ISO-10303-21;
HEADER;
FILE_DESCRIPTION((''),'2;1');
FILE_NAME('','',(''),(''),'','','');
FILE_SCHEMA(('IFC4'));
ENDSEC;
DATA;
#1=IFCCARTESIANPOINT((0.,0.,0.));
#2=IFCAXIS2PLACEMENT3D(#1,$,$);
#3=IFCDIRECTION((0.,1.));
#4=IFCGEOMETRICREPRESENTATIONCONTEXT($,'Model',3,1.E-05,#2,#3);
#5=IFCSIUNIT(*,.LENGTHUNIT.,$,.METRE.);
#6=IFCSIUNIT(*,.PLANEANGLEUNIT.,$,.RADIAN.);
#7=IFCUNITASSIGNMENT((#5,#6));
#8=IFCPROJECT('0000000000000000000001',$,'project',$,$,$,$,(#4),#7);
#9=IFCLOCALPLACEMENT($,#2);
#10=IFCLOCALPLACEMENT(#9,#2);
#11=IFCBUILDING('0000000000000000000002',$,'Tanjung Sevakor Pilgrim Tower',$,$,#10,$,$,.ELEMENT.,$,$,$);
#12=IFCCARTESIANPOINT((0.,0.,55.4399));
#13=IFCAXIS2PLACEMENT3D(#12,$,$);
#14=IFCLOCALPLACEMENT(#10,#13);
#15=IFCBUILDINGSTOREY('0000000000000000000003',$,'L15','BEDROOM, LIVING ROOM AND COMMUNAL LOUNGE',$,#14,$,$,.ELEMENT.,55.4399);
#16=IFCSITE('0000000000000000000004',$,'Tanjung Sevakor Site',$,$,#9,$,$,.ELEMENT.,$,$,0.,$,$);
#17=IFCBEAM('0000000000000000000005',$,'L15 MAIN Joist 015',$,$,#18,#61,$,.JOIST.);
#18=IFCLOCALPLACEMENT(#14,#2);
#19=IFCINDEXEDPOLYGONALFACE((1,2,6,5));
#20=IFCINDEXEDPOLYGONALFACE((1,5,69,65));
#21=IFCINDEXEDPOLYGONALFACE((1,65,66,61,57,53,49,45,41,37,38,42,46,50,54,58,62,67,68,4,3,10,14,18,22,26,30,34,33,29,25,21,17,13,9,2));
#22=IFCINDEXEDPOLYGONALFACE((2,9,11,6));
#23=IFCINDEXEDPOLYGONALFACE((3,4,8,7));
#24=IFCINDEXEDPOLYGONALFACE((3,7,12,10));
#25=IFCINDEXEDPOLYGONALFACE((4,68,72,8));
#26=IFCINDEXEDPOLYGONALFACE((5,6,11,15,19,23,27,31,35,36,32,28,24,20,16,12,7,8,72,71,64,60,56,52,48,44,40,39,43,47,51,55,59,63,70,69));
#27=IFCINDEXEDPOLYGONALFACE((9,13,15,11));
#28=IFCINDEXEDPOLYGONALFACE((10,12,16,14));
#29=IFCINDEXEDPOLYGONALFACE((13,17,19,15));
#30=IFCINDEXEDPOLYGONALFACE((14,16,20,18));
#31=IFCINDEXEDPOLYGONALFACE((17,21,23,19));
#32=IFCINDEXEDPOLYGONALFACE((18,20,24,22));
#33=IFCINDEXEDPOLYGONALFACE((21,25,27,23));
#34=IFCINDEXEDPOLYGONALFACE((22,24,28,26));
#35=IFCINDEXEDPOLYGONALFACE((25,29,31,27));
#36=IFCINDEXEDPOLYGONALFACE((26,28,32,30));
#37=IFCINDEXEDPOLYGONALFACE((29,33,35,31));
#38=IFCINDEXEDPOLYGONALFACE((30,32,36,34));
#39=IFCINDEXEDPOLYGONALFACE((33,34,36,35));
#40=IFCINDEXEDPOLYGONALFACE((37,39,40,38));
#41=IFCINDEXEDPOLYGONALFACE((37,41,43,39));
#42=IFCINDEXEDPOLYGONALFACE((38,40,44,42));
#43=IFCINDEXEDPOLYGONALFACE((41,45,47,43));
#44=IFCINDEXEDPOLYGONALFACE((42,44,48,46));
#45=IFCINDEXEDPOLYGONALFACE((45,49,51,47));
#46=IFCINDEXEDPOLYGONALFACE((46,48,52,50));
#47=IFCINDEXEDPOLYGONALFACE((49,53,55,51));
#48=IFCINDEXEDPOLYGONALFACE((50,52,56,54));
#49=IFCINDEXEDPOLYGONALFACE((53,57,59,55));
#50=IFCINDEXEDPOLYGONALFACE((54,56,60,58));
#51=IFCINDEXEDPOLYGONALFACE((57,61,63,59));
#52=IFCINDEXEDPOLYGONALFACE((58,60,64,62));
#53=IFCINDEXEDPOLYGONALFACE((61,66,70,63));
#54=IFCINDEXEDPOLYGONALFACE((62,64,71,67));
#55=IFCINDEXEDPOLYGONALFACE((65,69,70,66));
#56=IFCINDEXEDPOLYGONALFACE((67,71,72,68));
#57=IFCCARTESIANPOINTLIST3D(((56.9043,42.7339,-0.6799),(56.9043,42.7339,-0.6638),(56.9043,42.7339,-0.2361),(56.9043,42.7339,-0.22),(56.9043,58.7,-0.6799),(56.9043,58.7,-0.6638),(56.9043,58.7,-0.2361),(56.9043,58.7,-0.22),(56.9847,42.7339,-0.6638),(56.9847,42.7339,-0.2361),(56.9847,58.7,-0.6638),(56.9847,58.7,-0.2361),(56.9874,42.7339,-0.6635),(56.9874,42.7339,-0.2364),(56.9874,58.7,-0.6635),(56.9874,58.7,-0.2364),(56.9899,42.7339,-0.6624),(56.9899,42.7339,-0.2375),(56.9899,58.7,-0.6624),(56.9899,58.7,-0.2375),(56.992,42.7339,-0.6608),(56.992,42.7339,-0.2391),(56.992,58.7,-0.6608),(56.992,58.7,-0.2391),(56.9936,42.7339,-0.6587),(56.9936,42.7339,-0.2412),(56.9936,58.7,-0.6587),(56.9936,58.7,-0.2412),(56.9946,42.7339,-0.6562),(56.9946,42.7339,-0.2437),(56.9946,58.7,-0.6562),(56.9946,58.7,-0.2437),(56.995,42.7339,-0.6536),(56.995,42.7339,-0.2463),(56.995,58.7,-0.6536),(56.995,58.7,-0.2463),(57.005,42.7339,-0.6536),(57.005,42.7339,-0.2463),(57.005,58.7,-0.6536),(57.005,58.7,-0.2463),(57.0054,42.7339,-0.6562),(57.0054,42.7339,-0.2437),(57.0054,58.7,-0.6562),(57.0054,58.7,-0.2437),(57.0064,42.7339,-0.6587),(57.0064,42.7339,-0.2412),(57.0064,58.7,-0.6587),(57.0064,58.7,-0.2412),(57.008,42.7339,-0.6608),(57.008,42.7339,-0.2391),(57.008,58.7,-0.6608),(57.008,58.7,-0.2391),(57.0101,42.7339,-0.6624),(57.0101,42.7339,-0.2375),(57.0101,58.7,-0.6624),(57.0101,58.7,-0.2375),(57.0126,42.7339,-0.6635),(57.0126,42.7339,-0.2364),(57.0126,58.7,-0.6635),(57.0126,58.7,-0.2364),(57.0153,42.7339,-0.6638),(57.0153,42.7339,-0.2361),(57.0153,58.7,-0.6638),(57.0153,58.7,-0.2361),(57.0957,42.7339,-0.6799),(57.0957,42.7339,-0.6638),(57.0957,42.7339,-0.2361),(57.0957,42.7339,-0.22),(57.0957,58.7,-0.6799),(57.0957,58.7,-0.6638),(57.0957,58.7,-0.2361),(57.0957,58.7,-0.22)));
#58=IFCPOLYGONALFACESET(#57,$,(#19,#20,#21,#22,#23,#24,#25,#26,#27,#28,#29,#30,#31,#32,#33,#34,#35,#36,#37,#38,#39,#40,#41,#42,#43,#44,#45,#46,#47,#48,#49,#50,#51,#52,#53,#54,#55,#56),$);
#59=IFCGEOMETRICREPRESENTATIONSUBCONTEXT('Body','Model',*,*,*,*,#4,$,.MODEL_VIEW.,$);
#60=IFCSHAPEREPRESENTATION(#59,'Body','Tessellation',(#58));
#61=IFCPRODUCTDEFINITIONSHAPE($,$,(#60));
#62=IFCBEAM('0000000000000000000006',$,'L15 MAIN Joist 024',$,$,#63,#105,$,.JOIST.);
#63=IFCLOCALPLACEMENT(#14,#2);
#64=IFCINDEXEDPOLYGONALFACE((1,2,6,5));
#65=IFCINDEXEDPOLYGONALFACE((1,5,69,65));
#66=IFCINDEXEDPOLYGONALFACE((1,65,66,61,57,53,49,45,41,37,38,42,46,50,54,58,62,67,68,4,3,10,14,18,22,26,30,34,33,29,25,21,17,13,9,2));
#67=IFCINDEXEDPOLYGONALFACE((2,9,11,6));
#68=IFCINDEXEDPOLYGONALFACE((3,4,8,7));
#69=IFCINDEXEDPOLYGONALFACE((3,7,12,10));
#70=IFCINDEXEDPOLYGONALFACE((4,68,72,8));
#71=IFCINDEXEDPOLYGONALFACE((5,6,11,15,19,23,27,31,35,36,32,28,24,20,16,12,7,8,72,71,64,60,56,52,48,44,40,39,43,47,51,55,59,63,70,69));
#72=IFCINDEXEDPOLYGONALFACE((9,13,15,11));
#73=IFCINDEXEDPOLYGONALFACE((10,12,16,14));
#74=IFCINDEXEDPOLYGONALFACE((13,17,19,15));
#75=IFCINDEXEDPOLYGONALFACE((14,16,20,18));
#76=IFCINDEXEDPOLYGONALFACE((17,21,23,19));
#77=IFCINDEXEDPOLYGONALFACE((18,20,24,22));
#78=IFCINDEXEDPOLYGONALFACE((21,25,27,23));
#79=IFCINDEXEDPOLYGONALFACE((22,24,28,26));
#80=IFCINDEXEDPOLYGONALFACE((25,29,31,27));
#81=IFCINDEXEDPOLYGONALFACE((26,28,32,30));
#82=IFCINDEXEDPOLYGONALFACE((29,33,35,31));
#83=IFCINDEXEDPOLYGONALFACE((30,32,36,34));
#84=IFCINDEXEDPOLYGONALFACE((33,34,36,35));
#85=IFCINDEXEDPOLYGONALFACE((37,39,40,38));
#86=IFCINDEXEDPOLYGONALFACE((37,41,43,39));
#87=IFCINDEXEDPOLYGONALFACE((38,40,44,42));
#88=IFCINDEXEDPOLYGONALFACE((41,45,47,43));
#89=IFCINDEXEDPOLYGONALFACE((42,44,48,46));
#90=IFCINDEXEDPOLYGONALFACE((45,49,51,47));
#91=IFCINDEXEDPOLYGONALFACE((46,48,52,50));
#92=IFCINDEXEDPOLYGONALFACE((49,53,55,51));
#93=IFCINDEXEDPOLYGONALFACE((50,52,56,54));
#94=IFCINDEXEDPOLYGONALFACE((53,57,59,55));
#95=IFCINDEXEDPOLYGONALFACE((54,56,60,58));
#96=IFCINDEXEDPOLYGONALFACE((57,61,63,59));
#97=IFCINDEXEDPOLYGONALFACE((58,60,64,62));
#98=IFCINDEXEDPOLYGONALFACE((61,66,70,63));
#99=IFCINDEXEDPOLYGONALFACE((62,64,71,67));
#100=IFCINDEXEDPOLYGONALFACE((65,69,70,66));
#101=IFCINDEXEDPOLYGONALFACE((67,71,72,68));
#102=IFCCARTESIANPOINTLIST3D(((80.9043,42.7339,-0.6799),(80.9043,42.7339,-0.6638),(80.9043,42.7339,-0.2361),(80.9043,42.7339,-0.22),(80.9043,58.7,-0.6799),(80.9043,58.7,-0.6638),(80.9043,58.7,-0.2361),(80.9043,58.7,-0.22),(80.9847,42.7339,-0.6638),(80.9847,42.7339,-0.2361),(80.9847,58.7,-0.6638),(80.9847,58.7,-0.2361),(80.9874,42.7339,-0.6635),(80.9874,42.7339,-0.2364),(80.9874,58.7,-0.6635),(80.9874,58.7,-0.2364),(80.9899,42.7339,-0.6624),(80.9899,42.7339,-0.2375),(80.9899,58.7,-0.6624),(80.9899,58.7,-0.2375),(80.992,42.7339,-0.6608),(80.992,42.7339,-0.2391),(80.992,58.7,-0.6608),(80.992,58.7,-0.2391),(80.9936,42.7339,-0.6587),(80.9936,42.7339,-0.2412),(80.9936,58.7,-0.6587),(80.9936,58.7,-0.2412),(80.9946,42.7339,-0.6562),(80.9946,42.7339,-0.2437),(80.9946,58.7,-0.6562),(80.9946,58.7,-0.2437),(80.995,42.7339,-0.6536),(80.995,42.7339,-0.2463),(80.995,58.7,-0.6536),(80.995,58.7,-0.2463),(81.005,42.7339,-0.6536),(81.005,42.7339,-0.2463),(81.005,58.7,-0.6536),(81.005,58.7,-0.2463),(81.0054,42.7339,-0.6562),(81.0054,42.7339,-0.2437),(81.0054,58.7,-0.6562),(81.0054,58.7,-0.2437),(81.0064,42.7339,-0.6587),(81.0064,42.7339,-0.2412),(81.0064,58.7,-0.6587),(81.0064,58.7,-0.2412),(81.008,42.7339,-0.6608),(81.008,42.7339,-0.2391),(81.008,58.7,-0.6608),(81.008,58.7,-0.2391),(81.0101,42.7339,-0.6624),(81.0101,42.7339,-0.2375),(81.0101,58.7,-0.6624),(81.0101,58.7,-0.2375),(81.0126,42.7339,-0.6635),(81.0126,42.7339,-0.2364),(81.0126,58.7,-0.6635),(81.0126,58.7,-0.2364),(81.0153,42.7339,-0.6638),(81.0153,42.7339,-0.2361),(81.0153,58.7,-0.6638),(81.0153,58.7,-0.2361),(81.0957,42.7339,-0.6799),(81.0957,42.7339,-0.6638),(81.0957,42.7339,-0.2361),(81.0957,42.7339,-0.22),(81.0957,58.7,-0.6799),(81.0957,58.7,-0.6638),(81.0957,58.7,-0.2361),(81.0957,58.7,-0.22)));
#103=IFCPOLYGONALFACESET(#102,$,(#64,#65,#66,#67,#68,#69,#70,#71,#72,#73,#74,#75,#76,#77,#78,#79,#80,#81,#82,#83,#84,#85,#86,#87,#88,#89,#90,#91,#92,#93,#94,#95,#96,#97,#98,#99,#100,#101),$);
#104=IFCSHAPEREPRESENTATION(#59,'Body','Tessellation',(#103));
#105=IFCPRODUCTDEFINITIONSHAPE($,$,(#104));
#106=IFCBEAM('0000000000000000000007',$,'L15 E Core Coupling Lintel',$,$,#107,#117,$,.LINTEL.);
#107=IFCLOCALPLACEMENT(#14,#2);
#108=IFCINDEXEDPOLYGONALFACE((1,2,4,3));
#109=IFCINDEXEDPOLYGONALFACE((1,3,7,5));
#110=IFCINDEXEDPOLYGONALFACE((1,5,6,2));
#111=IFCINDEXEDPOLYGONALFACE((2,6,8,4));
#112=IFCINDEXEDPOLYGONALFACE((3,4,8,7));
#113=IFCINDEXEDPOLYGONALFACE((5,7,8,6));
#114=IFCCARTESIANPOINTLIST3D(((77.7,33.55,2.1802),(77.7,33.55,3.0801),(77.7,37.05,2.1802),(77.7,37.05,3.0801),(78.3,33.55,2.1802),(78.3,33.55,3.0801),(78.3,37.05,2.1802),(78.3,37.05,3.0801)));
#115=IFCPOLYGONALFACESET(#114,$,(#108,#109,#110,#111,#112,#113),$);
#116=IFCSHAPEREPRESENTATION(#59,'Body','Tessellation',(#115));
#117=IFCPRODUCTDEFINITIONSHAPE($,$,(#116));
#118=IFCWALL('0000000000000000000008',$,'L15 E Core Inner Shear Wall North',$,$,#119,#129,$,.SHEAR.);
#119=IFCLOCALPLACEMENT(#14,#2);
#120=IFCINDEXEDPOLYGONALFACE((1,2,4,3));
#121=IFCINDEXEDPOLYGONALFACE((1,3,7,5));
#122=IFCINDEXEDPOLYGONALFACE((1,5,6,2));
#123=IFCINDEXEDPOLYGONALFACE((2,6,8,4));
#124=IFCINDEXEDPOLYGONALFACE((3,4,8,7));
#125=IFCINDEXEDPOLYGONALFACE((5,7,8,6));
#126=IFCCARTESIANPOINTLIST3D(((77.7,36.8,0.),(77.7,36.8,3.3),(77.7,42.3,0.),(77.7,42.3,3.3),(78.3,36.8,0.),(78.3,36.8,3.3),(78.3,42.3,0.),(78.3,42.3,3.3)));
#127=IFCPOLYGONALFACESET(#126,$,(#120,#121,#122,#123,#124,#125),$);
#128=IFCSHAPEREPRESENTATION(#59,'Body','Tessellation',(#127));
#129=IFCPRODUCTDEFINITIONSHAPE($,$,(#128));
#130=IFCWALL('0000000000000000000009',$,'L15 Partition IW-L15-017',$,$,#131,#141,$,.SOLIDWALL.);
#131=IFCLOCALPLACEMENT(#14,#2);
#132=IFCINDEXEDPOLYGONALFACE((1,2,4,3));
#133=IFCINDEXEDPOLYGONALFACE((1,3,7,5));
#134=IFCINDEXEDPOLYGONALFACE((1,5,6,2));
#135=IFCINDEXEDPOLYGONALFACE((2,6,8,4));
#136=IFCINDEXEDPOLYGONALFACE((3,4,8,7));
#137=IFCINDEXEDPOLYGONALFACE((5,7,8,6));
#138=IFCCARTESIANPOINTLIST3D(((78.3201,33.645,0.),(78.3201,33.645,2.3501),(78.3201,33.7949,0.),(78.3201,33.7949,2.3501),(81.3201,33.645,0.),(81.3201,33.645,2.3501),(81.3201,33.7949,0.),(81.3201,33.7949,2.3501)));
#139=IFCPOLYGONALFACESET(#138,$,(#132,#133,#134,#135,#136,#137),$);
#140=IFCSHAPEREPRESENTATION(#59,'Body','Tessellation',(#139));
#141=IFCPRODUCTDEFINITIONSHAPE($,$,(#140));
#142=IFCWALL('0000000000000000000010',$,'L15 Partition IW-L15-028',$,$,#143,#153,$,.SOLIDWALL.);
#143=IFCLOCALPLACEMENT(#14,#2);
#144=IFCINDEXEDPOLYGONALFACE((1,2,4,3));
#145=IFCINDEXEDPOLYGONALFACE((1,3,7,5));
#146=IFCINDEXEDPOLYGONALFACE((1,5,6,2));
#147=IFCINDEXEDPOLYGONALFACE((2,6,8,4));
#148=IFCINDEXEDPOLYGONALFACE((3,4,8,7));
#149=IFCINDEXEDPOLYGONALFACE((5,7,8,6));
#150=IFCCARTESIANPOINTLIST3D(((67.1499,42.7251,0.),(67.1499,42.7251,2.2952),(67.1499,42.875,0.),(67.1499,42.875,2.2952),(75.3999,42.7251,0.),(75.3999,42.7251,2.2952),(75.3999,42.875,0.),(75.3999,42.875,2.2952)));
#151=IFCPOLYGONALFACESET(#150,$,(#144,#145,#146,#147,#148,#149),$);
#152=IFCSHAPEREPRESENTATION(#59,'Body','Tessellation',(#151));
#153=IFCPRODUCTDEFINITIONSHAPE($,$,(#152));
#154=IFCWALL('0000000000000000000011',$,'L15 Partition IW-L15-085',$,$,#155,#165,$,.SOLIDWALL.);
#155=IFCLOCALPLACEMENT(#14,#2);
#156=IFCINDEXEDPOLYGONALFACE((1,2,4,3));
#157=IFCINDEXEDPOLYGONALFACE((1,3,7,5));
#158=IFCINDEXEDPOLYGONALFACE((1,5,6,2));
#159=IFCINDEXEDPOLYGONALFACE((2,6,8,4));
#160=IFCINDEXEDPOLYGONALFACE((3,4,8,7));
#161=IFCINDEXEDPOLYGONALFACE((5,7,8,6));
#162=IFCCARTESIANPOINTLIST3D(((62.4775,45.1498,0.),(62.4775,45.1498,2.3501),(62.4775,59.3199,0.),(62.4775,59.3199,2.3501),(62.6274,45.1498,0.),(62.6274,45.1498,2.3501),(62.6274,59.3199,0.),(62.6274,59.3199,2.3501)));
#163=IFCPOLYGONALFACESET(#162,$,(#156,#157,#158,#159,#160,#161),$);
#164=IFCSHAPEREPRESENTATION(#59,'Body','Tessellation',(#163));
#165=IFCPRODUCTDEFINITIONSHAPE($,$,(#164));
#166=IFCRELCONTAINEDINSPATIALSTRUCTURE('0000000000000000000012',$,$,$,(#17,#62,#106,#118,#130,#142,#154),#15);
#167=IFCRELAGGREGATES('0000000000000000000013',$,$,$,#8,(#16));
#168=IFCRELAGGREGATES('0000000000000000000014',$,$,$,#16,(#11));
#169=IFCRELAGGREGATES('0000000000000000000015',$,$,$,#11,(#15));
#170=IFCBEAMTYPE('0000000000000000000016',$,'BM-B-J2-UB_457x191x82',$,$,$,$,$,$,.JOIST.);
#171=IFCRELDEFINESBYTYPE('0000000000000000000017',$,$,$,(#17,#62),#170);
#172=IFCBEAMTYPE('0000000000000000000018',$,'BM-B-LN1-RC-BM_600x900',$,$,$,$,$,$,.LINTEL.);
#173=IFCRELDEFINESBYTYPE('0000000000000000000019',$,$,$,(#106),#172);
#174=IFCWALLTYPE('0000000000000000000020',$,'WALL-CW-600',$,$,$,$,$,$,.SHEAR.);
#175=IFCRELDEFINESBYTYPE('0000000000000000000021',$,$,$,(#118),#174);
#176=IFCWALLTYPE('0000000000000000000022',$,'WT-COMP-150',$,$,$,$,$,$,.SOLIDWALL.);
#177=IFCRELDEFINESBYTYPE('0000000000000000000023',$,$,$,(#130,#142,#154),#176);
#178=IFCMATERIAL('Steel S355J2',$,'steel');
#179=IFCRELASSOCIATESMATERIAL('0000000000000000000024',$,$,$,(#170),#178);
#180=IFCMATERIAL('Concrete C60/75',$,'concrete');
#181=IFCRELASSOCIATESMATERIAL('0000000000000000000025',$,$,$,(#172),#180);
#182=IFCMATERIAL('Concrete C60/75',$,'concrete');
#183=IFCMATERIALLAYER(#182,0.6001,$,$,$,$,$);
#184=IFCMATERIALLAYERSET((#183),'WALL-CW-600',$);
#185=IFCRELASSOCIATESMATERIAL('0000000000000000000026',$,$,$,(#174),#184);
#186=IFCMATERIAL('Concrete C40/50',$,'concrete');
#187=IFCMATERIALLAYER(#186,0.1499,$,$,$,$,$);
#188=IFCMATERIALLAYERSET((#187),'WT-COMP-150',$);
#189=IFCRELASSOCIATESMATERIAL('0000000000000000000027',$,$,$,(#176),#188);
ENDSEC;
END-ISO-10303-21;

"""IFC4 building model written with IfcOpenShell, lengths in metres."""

from ifc_helpers import new_model, si_unit, direction, frame, frame_2d, origin, origin_2d, place, context, subcontext, project, spatial, rectangle, i_section, extrude, material, layer, layer_set, material_profile, profile_set, type_object, element, save


model = new_model("IFC4")

# Units and contexts
model_context = context("Model", 3, precision=1e-05, world=origin(), true_north=direction((0.0, 1.0)))
body_context = subcontext(model_context, "Body", "Model", "MODEL_VIEW")
ifc_project = project(units=[si_unit("LENGTHUNIT", "METRE"), si_unit("PLANEANGLEUNIT", "RADIAN")], contexts=[model_context])

# Site, building, storey
site_placement = place(None, origin())
site = spatial("IfcSite", under=ifc_project, at=site_placement, Name="Tanjung Sevakor Site", CompositionType="ELEMENT", RefElevation=0.0)
building_placement = place(site_placement, origin())
building = spatial("IfcBuilding", under=site, at=building_placement, Name="Tanjung Sevakor Pilgrim Tower", CompositionType="ELEMENT")
storey_placement = place(building_placement, frame((0.0, 0.0, 55.4399)))
storey = spatial("IfcBuildingStorey", under=building, at=storey_placement, Name="L15", Description="BEDROOM, LIVING ROOM AND COMMUNAL LOUNGE", CompositionType="ELEMENT", Elevation=55.4399)

# Beams
ifc_material_1 = material(Name="Steel S355J2", Category="steel")
ifc_material_profile_1 = material_profile(ifc_material_1, i_section(OverallWidth=0.1914, OverallDepth=0.46, WebThickness=0.01, FlangeThickness=0.0161, FilletRadius=0.0103, at=origin_2d()))
ifc_profile_set_1 = profile_set([ifc_material_profile_1], Name="Steel S355J2")
beam_type_1 = type_object("IfcBeamType", Name="BM-B-J2-UB_457x191x82", PredefinedType="JOIST", material=ifc_profile_set_1)
for number, where, z_axis, x_axis, name in (
    (1, (57.0, 42.7339, -0.45), (0.0, 1.0, 0.0), (-1.0, 0.0, 0.0), "L15 MAIN Joist 015"),
    (2, (81.0, 42.7339, -0.45), (0.0, 1.0, 0.0), (-1.0, 0.0, 0.0), "L15 MAIN Joist 024"),
):
    element("IfcBeam", number, at=place(storey_placement, frame(where, z_axis=z_axis, x_axis=x_axis)), inside=storey, type_object=beam_type_1, Name=name, PredefinedType="JOIST", context=body_context, shape_type="SweptSolid", body=[
        extrude(i_section(OverallWidth=0.1914, OverallDepth=0.46, WebThickness=0.01, FlangeThickness=0.0161, FilletRadius=0.0103, at=origin_2d()), origin(), (0.0, 0.0, 1.0), 15.9661),
    ])
ifc_material_2 = material(Name="Concrete C60/75", Category="concrete")
ifc_material_profile_2 = material_profile(ifc_material_2, rectangle(XDim=0.6001, YDim=0.8999, at=origin_2d()))
ifc_profile_set_2 = profile_set([ifc_material_profile_2], Name="Concrete C60/75")
beam_type_2 = type_object("IfcBeamType", Name="BM-B-LN1-RC-BM_600x900", PredefinedType="LINTEL", material=ifc_profile_set_2)
beam_1_placement = place(storey_placement, frame((78.0, 33.55, 2.6301), z_axis=(0.0, 1.0, 0.0), x_axis=(-1.0, 0.0, 0.0)))
element("IfcBeam", 3, at=beam_1_placement, inside=storey, type_object=beam_type_2, Name="L15 E Core Coupling Lintel", PredefinedType="LINTEL", context=body_context, shape_type="SweptSolid", body=[
    extrude(rectangle(XDim=0.6001, YDim=0.8999, at=origin_2d()), origin(), (0.0, 0.0, 1.0), 3.5),
])

# Walls
ifc_material_3 = material(Name="Concrete C60/75", Category="concrete")
ifc_layer_1 = layer(ifc_material_3, 0.6001)
ifc_layer_set_1 = layer_set([ifc_layer_1], Name="WALL-CW-600")
wall_type_1 = type_object("IfcWallType", Name="WALL-CW-600", PredefinedType="SHEAR", material=ifc_layer_set_1)
wall_1_placement = place(storey_placement, frame((78.0, 36.8, 0.0), z_axis=(0.0, 0.0, 1.0), x_axis=(0.0, 1.0, 0.0)))
element("IfcWall", 4, at=wall_1_placement, inside=storey, type_object=wall_type_1, Name="L15 E Core Inner Shear Wall North", PredefinedType="SHEAR", context=body_context, shape_type="SweptSolid", body=[
    extrude(rectangle(XDim=5.5, YDim=0.6001, at=frame_2d((2.75, 0.0))), origin(), (0.0, 0.0, 1.0), 3.3),
])
ifc_material_4 = material(Name="Concrete C40/50", Category="concrete")
ifc_layer_2 = layer(ifc_material_4, 0.1499)
ifc_layer_set_2 = layer_set([ifc_layer_2], Name="WT-COMP-150")
wall_type_2 = type_object("IfcWallType", Name="WT-COMP-150", PredefinedType="SOLIDWALL", material=ifc_layer_set_2)
wall_2_placement = place(storey_placement, frame((78.3201, 33.72, 0.0), z_axis=(0.0, 0.0, 1.0), x_axis=(1.0, 0.0, 0.0)))
element("IfcWall", 5, at=wall_2_placement, inside=storey, type_object=wall_type_2, Name="L15 Partition IW-L15-017", PredefinedType="SOLIDWALL", context=body_context, shape_type="SweptSolid", body=[
    extrude(rectangle(XDim=3.0, YDim=0.1499, at=frame_2d((1.5, 0.0))), origin(), (0.0, 0.0, 1.0), 2.3501),
])
wall_3_placement = place(storey_placement, frame((67.1499, 42.8, 0.0), z_axis=(0.0, 0.0, 1.0), x_axis=(1.0, 0.0, 0.0)))
element("IfcWall", 6, at=wall_3_placement, inside=storey, type_object=wall_type_2, Name="L15 Partition IW-L15-028", PredefinedType="SOLIDWALL", context=body_context, shape_type="SweptSolid", body=[
    extrude(rectangle(XDim=8.25, YDim=0.1499, at=frame_2d((4.125, 0.0))), origin(), (0.0, 0.0, 1.0), 2.2952),
])
wall_4_placement = place(storey_placement, frame((62.5525, 45.1499, 0.0), z_axis=(0.0, 0.0, 1.0), x_axis=(0.0, 1.0, 0.0)))
element("IfcWall", 7, at=wall_4_placement, inside=storey, type_object=wall_type_2, Name="L15 Partition IW-L15-085", PredefinedType="SOLIDWALL", context=body_context, shape_type="SweptSolid", body=[
    extrude(rectangle(XDim=14.1702, YDim=0.1499, at=frame_2d((7.085, 0.0))), origin(), (0.0, 0.0, 1.0), 2.3501),
])

save(model, "model.ifc")
